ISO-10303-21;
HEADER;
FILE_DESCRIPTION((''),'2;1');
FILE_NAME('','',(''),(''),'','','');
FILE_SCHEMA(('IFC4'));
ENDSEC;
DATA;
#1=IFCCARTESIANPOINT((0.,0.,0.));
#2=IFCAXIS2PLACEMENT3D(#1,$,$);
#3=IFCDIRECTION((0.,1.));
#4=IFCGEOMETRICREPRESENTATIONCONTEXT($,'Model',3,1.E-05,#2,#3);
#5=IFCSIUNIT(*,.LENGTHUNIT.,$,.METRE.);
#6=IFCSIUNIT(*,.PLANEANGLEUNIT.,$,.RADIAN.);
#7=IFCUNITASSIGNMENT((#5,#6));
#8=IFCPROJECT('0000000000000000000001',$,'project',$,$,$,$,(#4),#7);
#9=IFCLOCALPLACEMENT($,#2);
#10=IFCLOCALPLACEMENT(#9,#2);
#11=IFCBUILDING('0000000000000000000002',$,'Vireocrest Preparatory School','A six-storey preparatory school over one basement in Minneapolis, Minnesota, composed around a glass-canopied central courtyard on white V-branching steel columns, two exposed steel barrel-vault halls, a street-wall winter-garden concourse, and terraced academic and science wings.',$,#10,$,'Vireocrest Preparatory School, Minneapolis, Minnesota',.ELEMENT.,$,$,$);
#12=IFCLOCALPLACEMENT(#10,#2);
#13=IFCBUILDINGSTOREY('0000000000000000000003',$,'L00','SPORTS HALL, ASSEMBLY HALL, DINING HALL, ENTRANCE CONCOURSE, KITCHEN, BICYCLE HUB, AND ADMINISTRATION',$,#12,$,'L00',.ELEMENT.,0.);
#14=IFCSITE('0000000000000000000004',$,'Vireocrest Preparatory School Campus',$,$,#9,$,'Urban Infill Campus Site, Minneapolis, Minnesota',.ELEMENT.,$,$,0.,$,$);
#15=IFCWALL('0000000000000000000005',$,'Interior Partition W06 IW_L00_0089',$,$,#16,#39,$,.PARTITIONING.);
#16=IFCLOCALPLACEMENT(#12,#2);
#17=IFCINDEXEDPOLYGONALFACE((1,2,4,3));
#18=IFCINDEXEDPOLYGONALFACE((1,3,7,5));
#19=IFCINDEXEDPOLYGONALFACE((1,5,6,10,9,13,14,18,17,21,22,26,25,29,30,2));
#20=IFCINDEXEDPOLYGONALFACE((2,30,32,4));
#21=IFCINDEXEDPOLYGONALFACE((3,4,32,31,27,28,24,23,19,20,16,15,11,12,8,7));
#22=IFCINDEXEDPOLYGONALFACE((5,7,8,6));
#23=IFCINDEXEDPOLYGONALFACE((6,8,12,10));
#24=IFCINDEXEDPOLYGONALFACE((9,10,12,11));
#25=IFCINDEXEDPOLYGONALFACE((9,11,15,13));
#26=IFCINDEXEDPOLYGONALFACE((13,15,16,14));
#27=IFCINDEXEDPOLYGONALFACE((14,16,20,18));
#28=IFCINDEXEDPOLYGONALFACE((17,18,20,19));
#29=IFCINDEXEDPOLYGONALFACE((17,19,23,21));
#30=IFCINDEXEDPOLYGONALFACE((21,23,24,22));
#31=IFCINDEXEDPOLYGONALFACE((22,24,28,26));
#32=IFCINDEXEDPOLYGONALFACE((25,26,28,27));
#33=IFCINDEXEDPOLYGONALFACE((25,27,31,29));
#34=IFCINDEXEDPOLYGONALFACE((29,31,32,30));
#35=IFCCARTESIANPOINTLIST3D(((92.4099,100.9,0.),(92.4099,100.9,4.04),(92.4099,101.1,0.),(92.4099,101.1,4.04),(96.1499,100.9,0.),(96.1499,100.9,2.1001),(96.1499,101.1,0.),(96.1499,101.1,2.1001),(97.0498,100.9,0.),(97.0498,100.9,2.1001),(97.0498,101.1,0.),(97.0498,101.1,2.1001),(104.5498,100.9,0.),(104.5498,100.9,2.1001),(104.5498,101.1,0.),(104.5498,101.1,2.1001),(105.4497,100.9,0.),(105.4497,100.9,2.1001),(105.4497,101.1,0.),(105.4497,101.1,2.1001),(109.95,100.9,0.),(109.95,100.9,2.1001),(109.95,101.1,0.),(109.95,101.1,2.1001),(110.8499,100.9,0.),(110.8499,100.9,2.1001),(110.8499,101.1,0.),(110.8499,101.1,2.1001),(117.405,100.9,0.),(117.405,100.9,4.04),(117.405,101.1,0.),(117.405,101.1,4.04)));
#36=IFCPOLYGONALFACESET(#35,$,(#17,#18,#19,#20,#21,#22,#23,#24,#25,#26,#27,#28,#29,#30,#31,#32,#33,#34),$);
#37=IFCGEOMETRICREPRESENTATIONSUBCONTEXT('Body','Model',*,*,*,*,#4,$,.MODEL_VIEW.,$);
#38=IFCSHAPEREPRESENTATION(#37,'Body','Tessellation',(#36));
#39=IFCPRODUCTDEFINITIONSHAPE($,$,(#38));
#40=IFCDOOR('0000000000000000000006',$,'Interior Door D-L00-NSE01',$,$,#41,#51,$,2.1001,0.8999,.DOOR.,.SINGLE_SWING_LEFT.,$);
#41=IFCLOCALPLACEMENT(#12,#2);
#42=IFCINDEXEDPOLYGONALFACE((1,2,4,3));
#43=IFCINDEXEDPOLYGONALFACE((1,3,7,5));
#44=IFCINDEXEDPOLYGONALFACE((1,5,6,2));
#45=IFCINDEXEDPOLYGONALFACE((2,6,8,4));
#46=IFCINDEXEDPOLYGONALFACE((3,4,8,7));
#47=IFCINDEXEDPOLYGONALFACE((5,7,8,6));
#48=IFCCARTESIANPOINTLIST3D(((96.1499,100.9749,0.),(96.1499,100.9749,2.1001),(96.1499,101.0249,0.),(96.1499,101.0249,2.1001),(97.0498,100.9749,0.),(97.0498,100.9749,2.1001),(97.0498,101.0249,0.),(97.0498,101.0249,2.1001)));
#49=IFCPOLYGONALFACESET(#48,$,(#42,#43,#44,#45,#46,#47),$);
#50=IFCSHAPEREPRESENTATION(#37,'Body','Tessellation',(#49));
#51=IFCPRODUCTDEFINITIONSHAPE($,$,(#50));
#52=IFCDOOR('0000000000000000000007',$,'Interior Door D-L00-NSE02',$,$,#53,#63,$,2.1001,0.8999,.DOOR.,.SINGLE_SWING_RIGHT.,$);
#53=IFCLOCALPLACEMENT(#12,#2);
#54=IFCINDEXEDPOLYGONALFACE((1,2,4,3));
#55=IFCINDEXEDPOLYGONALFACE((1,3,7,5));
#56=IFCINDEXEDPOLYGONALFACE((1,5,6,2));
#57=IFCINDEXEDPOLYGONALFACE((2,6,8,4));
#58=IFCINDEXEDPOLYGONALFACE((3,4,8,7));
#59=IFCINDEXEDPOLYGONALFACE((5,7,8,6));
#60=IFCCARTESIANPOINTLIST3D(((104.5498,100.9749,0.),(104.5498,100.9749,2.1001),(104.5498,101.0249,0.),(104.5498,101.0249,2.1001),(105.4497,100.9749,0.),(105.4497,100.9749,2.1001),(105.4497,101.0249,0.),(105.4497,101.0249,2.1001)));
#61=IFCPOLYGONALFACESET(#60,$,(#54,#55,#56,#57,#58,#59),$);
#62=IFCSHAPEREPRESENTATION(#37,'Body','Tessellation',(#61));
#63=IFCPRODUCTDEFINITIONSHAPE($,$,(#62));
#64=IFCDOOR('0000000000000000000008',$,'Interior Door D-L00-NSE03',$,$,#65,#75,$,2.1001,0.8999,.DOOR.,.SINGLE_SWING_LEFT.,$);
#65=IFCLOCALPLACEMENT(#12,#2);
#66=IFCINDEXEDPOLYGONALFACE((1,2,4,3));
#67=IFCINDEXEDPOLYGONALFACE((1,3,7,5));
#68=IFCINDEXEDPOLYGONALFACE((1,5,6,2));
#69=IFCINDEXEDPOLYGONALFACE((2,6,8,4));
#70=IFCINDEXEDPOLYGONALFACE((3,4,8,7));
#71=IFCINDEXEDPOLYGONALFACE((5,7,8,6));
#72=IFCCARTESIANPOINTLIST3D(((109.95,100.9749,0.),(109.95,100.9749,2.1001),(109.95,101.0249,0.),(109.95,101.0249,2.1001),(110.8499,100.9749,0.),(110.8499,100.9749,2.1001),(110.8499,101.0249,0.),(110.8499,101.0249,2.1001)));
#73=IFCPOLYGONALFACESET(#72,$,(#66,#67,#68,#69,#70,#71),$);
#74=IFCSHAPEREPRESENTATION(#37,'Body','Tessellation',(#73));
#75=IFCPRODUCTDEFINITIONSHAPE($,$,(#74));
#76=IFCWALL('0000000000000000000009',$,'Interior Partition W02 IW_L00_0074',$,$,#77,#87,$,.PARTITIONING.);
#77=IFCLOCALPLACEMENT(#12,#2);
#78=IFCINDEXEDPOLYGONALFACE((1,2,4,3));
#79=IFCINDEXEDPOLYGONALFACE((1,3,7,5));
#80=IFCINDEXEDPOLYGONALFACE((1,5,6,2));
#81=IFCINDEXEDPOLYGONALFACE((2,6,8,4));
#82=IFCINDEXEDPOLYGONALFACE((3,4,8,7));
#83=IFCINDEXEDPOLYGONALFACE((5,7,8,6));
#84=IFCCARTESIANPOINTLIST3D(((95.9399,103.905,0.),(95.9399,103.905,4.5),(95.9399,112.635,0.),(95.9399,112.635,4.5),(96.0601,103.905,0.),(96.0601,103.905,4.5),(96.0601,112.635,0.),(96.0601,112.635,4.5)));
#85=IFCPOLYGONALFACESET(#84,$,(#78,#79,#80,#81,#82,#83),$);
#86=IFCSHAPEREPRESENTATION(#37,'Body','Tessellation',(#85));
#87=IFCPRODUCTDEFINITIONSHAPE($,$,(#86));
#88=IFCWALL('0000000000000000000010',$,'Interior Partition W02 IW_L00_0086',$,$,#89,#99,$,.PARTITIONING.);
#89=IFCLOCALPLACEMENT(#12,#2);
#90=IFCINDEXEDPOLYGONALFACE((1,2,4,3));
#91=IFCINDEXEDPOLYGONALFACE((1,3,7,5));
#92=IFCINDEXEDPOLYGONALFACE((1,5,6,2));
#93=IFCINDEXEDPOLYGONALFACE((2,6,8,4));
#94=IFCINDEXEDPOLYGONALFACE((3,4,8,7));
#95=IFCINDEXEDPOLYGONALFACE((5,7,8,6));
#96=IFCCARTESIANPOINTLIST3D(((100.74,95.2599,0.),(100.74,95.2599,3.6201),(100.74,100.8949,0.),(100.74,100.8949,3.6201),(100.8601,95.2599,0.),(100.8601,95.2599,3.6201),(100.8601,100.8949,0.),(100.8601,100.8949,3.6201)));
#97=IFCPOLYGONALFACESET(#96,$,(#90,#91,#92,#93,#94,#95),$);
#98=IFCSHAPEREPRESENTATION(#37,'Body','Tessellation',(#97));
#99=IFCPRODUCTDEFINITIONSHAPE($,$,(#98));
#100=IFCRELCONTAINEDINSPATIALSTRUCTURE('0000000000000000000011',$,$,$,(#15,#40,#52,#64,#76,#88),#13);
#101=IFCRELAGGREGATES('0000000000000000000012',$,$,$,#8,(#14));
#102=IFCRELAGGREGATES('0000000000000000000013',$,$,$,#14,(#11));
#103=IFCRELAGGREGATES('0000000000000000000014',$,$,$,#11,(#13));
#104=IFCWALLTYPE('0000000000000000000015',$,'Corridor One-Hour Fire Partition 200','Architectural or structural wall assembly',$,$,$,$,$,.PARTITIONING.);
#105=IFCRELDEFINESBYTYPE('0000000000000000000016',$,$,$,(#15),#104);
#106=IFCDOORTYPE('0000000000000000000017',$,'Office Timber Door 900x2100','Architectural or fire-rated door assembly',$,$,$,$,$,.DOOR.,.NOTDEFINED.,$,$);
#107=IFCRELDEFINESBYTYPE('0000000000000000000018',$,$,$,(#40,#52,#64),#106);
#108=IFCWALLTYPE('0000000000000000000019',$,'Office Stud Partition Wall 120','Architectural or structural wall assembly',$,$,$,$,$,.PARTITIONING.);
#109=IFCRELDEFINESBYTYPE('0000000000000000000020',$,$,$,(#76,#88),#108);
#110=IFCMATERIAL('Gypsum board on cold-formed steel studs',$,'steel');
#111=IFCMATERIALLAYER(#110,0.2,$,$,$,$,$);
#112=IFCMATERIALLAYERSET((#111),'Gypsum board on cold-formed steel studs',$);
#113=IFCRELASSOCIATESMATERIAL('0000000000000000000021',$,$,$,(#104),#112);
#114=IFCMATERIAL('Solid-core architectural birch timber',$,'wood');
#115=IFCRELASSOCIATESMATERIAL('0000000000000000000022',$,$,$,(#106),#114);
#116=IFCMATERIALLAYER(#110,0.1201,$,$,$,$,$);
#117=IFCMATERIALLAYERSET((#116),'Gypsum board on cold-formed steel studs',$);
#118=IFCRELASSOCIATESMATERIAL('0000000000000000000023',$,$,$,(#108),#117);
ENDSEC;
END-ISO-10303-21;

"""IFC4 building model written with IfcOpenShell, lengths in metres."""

from ifc_helpers import new_model, si_unit, direction, frame, frame_2d, origin, place, context, subcontext, project, spatial, rectangle, extrude, material, layer, layer_set, type_object, element, fill, save


model = new_model("IFC4")

# Units and contexts
model_context = context("Model", 3, precision=1e-05, world=origin(), true_north=direction((0.0, 1.0)))
body_context = subcontext(model_context, "Body", "Model", "MODEL_VIEW")
ifc_project = project(units=[si_unit("LENGTHUNIT", "METRE"), si_unit("PLANEANGLEUNIT", "RADIAN")], contexts=[model_context])

# Site, building, storey
site_placement = place(None, origin())
site = spatial("IfcSite", under=ifc_project, at=site_placement, Name="Vireocrest Preparatory School Campus", LongName="Urban Infill Campus Site, Minneapolis, Minnesota", CompositionType="ELEMENT", RefElevation=0.0)
building_placement = place(site_placement, origin())
building = spatial("IfcBuilding", under=site, at=building_placement, Name="Vireocrest Preparatory School", Description="A six-storey preparatory school over one basement in Minneapolis, Minnesota, composed around a glass-canopied central courtyard on white V-branching steel columns, two exposed steel barrel-vault halls, a street-wall winter-garden concourse, and terraced academic and science wings.", LongName="Vireocrest Preparatory School, Minneapolis, Minnesota", CompositionType="ELEMENT")
storey_placement = place(building_placement, origin())
storey = spatial("IfcBuildingStorey", under=building, at=storey_placement, Name="L00", Description="SPORTS HALL, ASSEMBLY HALL, DINING HALL, ENTRANCE CONCOURSE, KITCHEN, BICYCLE HUB, AND ADMINISTRATION", LongName="L00", CompositionType="ELEMENT", Elevation=0.0)

# Shared definitions
ifc_material_1 = material(Name="Gypsum board on cold-formed steel studs", Category="steel")
ifc_layer_1 = layer(ifc_material_1, 0.2)
ifc_layer_set_1 = layer_set([ifc_layer_1], Name="Gypsum board on cold-formed steel studs")
wall_type_1 = type_object("IfcWallType", Name="Corridor One-Hour Fire Partition 200", Description="Architectural or structural wall assembly", PredefinedType="PARTITIONING", material=ifc_layer_set_1)
ifc_material_2 = material(Name="Solid-core architectural birch timber", Category="wood")
door_type_1 = type_object("IfcDoorType", Name="Office Timber Door 900x2100", Description="Architectural or fire-rated door assembly", OperationType="NOTDEFINED", PredefinedType="DOOR", material=ifc_material_2)

# Wall, openings, doors
wall_1_placement = place(storey_placement, frame((92.4099, 101.0, 0.0), z_axis=(0.0, 0.0, 1.0), x_axis=(1.0, 0.0, 0.0)))
wall_1 = element("IfcWall", 1, at=wall_1_placement, inside=storey, type_object=wall_type_1, Name="Interior Partition W06 IW_L00_0089", PredefinedType="PARTITIONING", context=body_context, shape_type="SweptSolid", body=[
    extrude(rectangle(XDim=24.9951, YDim=0.2, at=frame_2d((12.4976, 0.0))), origin(), (0.0, 0.0, 1.0), 4.04),
])
opening_1_placement = place(wall_1_placement, frame((3.74, 0.0, 0.0)))
opening_1 = element("IfcOpeningElement", 2, at=opening_1_placement, cuts=wall_1, PredefinedType="OPENING", context=body_context, shape_type="SweptSolid", body=[
    extrude(rectangle(XDim=0.8999, YDim=2.1001, at=frame_2d((0.45, 1.05))), frame((0.0, 0.1099, 0.0), z_axis=(0.0, -1.0, 0.0), x_axis=(1.0, 0.0, 0.0)), (0.0, 0.0, 1.0), 0.22),
])
opening_2_placement = place(wall_1_placement, frame((12.1399, 0.0, 0.0)))
opening_2 = element("IfcOpeningElement", 3, at=opening_2_placement, cuts=wall_1, PredefinedType="OPENING", context=body_context, shape_type="SweptSolid", body=[
    extrude(rectangle(XDim=0.8999, YDim=2.1001, at=frame_2d((0.45, 1.05))), frame((0.0, 0.1099, 0.0), z_axis=(0.0, -1.0, 0.0), x_axis=(1.0, 0.0, 0.0)), (0.0, 0.0, 1.0), 0.22),
])
opening_3_placement = place(wall_1_placement, frame((17.54, 0.0, 0.0)))
opening_3 = element("IfcOpeningElement", 4, at=opening_3_placement, cuts=wall_1, PredefinedType="OPENING", context=body_context, shape_type="SweptSolid", body=[
    extrude(rectangle(XDim=0.8999, YDim=2.1001, at=frame_2d((0.45, 1.05))), frame((0.0, 0.1099, 0.0), z_axis=(0.0, -1.0, 0.0), x_axis=(1.0, 0.0, 0.0)), (0.0, 0.0, 1.0), 0.22),
])
door_1_placement = place(opening_1_placement, origin())
door_1 = element("IfcDoor", 5, at=door_1_placement, inside=storey, type_object=door_type_1, Name="Interior Door D-L00-NSE01", OperationType="SINGLE_SWING_LEFT", OverallHeight=2.1001, OverallWidth=0.8999, PredefinedType="DOOR", context=body_context, shape_type="SweptSolid", body=[
    extrude(rectangle(XDim=0.8999, YDim=2.1001, at=frame_2d((0.45, 1.05))), frame((0.0, 0.0249, 0.0), z_axis=(0.0, -1.0, 0.0), x_axis=(1.0, 0.0, 0.0)), (0.0, 0.0, 1.0), 0.05),
])
fill(opening_1, door_1)
door_2_placement = place(opening_2_placement, origin())
door_2 = element("IfcDoor", 6, at=door_2_placement, inside=storey, type_object=door_type_1, Name="Interior Door D-L00-NSE02", OperationType="SINGLE_SWING_RIGHT", OverallHeight=2.1001, OverallWidth=0.8999, PredefinedType="DOOR", context=body_context, shape_type="SweptSolid", body=[
    extrude(rectangle(XDim=0.8999, YDim=2.1001, at=frame_2d((0.45, 1.05))), frame((0.0, 0.0249, 0.0), z_axis=(0.0, -1.0, 0.0), x_axis=(1.0, 0.0, 0.0)), (0.0, 0.0, 1.0), 0.05),
])
fill(opening_2, door_2)
door_3_placement = place(opening_3_placement, origin())
door_3 = element("IfcDoor", 7, at=door_3_placement, inside=storey, type_object=door_type_1, Name="Interior Door D-L00-NSE03", OperationType="SINGLE_SWING_LEFT", OverallHeight=2.1001, OverallWidth=0.8999, PredefinedType="DOOR", context=body_context, shape_type="SweptSolid", body=[
    extrude(rectangle(XDim=0.8999, YDim=2.1001, at=frame_2d((0.45, 1.05))), frame((0.0, 0.0249, 0.0), z_axis=(0.0, -1.0, 0.0), x_axis=(1.0, 0.0, 0.0)), (0.0, 0.0, 1.0), 0.05),
])
fill(opening_3, door_3)

# Walls
ifc_layer_2 = layer(ifc_material_1, 0.1201)
ifc_layer_set_2 = layer_set([ifc_layer_2], Name="Gypsum board on cold-formed steel studs")
wall_type_2 = type_object("IfcWallType", Name="Office Stud Partition Wall 120", Description="Architectural or structural wall assembly", PredefinedType="PARTITIONING", material=ifc_layer_set_2)
wall_2_placement = place(storey_placement, frame((96.0, 103.905, 0.0), z_axis=(0.0, 0.0, 1.0), x_axis=(0.0, 1.0, 0.0)))
element("IfcWall", 8, at=wall_2_placement, inside=storey, type_object=wall_type_2, Name="Interior Partition W02 IW_L00_0074", PredefinedType="PARTITIONING", context=body_context, shape_type="SweptSolid", body=[
    extrude(rectangle(XDim=8.73, YDim=0.1201, at=frame_2d((4.365, 0.0))), origin(), (0.0, 0.0, 1.0), 4.5),
])
wall_3_placement = place(storey_placement, frame((100.8, 95.26, 0.0), z_axis=(0.0, 0.0, 1.0), x_axis=(0.0, 1.0, 0.0)))
element("IfcWall", 9, at=wall_3_placement, inside=storey, type_object=wall_type_2, Name="Interior Partition W02 IW_L00_0086", PredefinedType="PARTITIONING", context=body_context, shape_type="SweptSolid", body=[
    extrude(rectangle(XDim=5.635, YDim=0.1201, at=frame_2d((2.8174, 0.0))), origin(), (0.0, 0.0, 1.0), 3.6201),
])

save(model, "model.ifc")
